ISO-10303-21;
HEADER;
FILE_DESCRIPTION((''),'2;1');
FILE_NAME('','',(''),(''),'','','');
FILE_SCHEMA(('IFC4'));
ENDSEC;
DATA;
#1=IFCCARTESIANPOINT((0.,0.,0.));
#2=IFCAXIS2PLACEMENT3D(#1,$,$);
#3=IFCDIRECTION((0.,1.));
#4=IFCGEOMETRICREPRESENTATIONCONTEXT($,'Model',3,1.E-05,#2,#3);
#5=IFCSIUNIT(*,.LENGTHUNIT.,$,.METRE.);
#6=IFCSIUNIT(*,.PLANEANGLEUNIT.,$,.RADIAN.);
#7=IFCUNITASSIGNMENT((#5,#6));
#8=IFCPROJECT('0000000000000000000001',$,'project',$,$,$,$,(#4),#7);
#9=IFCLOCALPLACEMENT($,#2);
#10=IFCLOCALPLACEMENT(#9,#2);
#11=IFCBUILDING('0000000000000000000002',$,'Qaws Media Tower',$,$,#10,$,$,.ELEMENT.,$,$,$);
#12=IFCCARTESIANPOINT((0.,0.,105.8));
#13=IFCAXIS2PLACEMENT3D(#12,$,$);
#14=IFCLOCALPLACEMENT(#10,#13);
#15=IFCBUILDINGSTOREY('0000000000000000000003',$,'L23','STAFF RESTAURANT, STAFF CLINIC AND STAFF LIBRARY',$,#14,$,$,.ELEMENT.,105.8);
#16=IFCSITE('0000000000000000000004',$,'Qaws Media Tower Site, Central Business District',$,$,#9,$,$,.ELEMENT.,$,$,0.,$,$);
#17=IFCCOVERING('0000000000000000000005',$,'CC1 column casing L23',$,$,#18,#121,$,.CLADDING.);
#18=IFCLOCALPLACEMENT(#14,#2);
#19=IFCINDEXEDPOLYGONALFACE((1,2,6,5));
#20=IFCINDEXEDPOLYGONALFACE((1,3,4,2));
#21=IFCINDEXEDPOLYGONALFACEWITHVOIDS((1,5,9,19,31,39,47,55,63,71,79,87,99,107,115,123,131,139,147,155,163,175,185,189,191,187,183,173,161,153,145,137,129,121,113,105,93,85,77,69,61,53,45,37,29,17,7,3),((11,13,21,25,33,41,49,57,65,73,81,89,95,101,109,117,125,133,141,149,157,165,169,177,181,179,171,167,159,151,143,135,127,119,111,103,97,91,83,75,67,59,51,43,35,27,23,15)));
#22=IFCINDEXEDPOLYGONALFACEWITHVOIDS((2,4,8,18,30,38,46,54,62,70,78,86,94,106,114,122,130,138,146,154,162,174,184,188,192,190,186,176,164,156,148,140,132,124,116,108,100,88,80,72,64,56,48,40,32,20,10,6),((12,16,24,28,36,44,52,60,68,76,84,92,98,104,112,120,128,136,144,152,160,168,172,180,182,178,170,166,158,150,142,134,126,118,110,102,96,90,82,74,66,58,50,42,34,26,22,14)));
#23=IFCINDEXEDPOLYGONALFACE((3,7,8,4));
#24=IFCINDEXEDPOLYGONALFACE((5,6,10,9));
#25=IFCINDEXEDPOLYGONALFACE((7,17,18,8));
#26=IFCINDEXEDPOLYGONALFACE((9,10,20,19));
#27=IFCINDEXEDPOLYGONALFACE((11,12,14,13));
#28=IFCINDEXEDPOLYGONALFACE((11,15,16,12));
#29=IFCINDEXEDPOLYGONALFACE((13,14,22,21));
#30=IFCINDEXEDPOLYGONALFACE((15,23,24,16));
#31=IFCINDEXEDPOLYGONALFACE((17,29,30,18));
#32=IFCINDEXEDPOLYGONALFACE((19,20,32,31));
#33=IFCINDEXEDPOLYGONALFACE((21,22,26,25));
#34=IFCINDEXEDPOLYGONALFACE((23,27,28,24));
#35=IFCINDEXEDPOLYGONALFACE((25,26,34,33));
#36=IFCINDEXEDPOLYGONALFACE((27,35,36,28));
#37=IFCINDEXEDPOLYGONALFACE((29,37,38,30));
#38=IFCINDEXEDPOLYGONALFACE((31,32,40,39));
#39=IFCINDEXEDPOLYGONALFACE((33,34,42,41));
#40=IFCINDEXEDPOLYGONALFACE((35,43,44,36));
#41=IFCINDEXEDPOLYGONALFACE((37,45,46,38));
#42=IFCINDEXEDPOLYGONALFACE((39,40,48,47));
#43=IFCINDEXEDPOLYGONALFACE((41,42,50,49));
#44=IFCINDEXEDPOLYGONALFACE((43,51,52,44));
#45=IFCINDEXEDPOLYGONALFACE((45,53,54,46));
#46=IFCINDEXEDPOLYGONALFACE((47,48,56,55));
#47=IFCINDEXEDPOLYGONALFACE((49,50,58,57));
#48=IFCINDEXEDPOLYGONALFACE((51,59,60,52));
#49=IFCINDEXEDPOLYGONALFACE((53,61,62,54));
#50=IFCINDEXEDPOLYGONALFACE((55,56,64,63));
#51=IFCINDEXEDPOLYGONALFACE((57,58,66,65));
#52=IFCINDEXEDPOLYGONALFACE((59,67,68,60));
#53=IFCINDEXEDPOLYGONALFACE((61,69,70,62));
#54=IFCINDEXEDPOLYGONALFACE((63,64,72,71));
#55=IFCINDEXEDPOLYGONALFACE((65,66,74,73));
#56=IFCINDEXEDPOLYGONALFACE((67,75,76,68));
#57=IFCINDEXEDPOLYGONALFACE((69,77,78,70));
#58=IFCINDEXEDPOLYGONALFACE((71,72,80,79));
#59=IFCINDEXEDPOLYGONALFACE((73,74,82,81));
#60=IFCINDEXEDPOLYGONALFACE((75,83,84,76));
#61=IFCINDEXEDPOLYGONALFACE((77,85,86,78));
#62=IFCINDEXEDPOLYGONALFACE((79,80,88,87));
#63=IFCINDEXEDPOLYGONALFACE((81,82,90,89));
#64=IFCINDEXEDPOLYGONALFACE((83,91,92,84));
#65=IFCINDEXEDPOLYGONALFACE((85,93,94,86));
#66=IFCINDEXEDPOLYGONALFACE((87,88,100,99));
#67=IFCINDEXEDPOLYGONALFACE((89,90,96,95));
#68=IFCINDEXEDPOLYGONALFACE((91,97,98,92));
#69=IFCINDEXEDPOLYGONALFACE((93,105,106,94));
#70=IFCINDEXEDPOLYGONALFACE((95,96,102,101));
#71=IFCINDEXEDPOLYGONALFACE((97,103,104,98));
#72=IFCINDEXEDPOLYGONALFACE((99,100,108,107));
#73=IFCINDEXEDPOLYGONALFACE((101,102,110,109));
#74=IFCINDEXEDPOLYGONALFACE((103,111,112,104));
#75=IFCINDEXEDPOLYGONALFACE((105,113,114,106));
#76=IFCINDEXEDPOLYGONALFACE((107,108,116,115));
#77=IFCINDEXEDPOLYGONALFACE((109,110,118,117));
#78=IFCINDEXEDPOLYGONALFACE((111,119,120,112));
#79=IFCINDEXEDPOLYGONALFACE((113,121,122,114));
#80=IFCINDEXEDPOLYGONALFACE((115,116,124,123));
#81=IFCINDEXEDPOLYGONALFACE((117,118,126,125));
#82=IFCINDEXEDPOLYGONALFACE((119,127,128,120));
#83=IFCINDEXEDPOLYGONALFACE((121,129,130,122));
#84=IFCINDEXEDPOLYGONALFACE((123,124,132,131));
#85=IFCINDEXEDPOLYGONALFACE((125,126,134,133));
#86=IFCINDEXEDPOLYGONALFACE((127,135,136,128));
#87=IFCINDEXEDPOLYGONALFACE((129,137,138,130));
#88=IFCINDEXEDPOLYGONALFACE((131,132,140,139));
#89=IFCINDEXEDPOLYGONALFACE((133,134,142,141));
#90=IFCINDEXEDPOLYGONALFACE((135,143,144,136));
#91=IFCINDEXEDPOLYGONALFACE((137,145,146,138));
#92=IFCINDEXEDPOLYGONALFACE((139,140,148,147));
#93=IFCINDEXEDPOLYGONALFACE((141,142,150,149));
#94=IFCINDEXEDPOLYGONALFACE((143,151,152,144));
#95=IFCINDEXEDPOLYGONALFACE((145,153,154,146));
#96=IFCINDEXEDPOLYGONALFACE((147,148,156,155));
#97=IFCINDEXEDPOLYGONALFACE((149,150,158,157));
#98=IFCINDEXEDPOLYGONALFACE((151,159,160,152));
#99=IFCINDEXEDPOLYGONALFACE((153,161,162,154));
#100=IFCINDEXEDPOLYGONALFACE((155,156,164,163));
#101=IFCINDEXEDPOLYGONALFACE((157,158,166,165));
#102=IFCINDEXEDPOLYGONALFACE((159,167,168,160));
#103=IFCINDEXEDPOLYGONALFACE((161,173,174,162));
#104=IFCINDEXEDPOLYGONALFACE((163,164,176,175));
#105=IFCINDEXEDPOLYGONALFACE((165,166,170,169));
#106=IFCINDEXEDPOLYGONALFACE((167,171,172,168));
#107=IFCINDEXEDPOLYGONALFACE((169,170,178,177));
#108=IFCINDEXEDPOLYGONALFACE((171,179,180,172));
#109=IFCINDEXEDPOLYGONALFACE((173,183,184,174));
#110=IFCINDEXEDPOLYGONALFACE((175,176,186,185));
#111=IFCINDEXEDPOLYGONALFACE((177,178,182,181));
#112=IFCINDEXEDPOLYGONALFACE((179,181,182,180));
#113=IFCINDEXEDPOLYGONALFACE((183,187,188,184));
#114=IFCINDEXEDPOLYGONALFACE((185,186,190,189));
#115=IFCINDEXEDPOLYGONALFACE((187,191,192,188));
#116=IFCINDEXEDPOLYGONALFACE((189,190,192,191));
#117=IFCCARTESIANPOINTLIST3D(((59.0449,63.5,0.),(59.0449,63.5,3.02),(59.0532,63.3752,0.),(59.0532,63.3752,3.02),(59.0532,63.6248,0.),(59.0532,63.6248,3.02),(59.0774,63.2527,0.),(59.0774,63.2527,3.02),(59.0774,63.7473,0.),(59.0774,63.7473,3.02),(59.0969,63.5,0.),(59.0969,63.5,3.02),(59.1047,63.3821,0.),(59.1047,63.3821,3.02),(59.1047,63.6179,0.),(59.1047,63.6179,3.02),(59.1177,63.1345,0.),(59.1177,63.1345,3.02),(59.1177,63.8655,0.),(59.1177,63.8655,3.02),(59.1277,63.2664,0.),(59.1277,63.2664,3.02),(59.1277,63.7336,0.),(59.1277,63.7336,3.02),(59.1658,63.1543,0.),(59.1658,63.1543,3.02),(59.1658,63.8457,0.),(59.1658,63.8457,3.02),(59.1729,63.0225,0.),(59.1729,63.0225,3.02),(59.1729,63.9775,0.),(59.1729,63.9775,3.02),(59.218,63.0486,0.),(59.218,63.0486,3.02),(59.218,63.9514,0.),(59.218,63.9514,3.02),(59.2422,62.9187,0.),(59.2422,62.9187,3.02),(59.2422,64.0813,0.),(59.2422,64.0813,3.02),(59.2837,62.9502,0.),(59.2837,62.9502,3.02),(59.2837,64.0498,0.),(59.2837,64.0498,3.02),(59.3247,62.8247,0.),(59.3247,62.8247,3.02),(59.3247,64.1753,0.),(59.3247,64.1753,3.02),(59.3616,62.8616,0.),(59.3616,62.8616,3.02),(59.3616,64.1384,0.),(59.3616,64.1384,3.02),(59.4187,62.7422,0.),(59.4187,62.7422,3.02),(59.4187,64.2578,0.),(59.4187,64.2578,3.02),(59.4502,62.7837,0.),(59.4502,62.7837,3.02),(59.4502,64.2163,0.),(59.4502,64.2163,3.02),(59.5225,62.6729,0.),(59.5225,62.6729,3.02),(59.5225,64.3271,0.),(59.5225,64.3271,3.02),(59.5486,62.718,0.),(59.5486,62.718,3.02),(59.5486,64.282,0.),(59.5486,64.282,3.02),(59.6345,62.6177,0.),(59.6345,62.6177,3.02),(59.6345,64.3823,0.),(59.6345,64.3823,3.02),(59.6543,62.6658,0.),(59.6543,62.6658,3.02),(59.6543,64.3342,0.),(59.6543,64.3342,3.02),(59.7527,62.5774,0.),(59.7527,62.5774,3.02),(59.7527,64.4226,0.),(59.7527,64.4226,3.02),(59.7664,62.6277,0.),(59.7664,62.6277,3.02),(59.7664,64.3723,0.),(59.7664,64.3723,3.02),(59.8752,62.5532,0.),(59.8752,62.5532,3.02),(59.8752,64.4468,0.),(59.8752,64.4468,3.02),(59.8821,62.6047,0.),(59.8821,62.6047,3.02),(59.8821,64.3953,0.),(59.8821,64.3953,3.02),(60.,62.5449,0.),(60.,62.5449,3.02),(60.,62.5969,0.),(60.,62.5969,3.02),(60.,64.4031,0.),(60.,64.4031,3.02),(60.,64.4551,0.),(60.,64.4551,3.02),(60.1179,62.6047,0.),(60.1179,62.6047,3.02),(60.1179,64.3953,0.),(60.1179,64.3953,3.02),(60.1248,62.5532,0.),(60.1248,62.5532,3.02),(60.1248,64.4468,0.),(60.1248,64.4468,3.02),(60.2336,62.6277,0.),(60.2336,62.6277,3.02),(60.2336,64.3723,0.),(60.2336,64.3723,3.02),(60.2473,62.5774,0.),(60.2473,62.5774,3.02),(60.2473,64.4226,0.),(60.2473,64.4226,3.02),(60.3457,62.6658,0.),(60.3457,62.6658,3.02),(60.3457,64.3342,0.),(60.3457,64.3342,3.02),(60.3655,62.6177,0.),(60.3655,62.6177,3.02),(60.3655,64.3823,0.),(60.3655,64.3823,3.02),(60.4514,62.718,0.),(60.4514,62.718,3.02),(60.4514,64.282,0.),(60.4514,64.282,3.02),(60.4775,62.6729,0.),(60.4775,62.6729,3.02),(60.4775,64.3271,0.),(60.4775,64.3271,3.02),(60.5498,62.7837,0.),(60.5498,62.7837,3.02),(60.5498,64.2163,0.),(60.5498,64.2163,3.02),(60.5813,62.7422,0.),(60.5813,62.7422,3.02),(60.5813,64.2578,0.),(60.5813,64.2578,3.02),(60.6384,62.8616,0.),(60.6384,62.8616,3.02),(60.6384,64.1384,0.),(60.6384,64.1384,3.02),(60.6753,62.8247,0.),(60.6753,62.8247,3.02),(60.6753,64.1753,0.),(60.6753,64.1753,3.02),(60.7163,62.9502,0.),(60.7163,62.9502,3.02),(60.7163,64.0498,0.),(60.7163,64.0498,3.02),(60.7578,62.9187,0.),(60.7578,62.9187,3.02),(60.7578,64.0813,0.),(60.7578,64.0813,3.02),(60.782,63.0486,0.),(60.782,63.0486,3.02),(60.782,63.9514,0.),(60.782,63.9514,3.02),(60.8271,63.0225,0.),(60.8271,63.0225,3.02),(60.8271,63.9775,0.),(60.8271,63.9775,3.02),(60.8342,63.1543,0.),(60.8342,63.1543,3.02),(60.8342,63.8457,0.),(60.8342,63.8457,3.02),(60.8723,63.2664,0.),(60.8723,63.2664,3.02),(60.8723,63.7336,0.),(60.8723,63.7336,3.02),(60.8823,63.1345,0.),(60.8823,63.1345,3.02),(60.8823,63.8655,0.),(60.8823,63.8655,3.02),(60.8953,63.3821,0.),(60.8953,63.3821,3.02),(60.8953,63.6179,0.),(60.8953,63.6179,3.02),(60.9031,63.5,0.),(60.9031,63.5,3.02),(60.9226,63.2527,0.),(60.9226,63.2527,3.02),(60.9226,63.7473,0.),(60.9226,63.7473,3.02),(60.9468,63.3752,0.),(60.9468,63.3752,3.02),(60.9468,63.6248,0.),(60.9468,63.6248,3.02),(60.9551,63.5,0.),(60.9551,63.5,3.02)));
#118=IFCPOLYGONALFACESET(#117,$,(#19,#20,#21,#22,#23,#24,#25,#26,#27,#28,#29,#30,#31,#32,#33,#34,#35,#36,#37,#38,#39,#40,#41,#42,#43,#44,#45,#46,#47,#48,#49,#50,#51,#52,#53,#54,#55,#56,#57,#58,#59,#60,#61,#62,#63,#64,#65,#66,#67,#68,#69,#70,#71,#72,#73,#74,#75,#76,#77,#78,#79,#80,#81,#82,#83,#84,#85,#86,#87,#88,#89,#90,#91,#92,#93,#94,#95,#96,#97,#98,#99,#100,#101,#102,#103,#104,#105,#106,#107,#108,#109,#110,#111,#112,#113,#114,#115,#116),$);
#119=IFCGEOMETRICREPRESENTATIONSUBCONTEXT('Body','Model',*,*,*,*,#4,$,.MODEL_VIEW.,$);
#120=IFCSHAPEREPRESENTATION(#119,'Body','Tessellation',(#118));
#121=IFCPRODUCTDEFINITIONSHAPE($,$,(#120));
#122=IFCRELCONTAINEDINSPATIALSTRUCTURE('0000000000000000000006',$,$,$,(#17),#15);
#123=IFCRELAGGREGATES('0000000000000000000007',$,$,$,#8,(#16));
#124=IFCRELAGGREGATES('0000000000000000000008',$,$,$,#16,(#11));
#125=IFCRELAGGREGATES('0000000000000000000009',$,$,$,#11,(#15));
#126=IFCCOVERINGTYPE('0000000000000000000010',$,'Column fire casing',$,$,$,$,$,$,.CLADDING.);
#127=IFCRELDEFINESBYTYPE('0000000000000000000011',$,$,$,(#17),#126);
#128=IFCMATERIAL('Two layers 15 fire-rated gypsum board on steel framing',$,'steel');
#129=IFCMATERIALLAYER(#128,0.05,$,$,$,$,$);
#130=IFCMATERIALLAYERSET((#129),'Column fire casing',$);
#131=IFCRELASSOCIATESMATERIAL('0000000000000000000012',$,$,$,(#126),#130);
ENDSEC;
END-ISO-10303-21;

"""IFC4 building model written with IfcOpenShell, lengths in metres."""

from ifc_helpers import new_model, si_unit, direction, frame, origin, place, context, subcontext, project, spatial, polyline, outline, extrude, material, layer, layer_set, type_object, element, save


model = new_model("IFC4")

# Units and contexts
model_context = context("Model", 3, precision=1e-05, world=origin(), true_north=direction((0.0, 1.0)))
body_context = subcontext(model_context, "Body", "Model", "MODEL_VIEW")
ifc_project = project(units=[si_unit("LENGTHUNIT", "METRE"), si_unit("PLANEANGLEUNIT", "RADIAN")], contexts=[model_context])

# Site, building, storey
site_placement = place(None, origin())
site = spatial("IfcSite", under=ifc_project, at=site_placement, Name="Qaws Media Tower Site, Central Business District", CompositionType="ELEMENT", RefElevation=0.0)
building_placement = place(site_placement, origin())
building = spatial("IfcBuilding", under=site, at=building_placement, Name="Qaws Media Tower", CompositionType="ELEMENT")
storey_placement = place(building_placement, frame((0.0, 0.0, 105.8)))
storey = spatial("IfcBuildingStorey", under=building, at=storey_placement, Name="L23", Description="STAFF RESTAURANT, STAFF CLINIC AND STAFF LIBRARY", CompositionType="ELEMENT", Elevation=105.8)

# Covering
ifc_material_1 = material(Name="Two layers 15 fire-rated gypsum board on steel framing", Category="steel")
ifc_layer_1 = layer(ifc_material_1, 0.05)
ifc_layer_set_1 = layer_set([ifc_layer_1], Name="Column fire casing")
covering_type = type_object("IfcCoveringType", Name="Column fire casing", PredefinedType="CLADDING", material=ifc_layer_set_1)
covering_placement = place(storey_placement, origin())
element("IfcCovering", 1, at=covering_placement, inside=storey, type_object=covering_type, Name="CC1 column casing L23", PredefinedType="CLADDING", context=body_context, shape_type="SweptSolid", body=[
    extrude(outline(polyline([(60.9551, 63.5), (60.9468, 63.3752), (60.9226, 63.2527), (60.8823, 63.1345), (60.8271, 63.0225), (60.7578, 62.9187), (60.6753, 62.8247), (60.5813, 62.7422), (60.4775, 62.6729), (60.3655, 62.6177), (60.2473, 62.5774), (60.1248, 62.5532), (60.0, 62.5449), (59.8752, 62.5532), (59.7527, 62.5774), (59.6345, 62.6177), (59.5225, 62.6729), (59.4187, 62.7422), (59.3247, 62.8247), (59.2422, 62.9187), (59.1729, 63.0225), (59.1177, 63.1345), (59.0774, 63.2527), (59.0532, 63.3752), (59.0449, 63.5), (59.0532, 63.6248), (59.0774, 63.7473), (59.1177, 63.8655), (59.1729, 63.9775), (59.2422, 64.0813), (59.3247, 64.1753), (59.4187, 64.2578), (59.5225, 64.3271), (59.6345, 64.3823), (59.7527, 64.4226), (59.8752, 64.4468), (60.0, 64.4551), (60.1248, 64.4468), (60.2473, 64.4226), (60.3655, 64.3823), (60.4775, 64.3271), (60.5813, 64.2578), (60.6753, 64.1753), (60.7578, 64.0813), (60.8271, 63.9775), (60.8823, 63.8655), (60.9226, 63.7473), (60.9468, 63.6248), (60.9551, 63.5)]), holes=[polyline([(60.9031, 63.5), (60.8953, 63.3821), (60.8723, 63.2664), (60.8342, 63.1543), (60.782, 63.0486), (60.7163, 62.9502), (60.6384, 62.8616), (60.5498, 62.7837), (60.4514, 62.718), (60.3457, 62.6658), (60.2336, 62.6277), (60.1179, 62.6047), (60.0, 62.5969), (59.8821, 62.6047), (59.7664, 62.6277), (59.6543, 62.6658), (59.5486, 62.718), (59.4502, 62.7837), (59.3616, 62.8616), (59.2837, 62.9502), (59.218, 63.0486), (59.1658, 63.1543), (59.1277, 63.2664), (59.1047, 63.3821), (59.0969, 63.5), (59.1047, 63.6179), (59.1277, 63.7336), (59.1658, 63.8457), (59.218, 63.9514), (59.2837, 64.0498), (59.3616, 64.1384), (59.4502, 64.2163), (59.5486, 64.282), (59.6543, 64.3342), (59.7664, 64.3723), (59.8821, 64.3953), (60.0, 64.4031), (60.1179, 64.3953), (60.2336, 64.3723), (60.3457, 64.3342), (60.4514, 64.282), (60.5498, 64.2163), (60.6384, 64.1384), (60.7163, 64.0498), (60.782, 63.9514), (60.8342, 63.8457), (60.8723, 63.7336), (60.8953, 63.6179), (60.9031, 63.5)])]), origin(), (0.0, 0.0, 1.0), 3.02),
])

save(model, "model.ifc")
